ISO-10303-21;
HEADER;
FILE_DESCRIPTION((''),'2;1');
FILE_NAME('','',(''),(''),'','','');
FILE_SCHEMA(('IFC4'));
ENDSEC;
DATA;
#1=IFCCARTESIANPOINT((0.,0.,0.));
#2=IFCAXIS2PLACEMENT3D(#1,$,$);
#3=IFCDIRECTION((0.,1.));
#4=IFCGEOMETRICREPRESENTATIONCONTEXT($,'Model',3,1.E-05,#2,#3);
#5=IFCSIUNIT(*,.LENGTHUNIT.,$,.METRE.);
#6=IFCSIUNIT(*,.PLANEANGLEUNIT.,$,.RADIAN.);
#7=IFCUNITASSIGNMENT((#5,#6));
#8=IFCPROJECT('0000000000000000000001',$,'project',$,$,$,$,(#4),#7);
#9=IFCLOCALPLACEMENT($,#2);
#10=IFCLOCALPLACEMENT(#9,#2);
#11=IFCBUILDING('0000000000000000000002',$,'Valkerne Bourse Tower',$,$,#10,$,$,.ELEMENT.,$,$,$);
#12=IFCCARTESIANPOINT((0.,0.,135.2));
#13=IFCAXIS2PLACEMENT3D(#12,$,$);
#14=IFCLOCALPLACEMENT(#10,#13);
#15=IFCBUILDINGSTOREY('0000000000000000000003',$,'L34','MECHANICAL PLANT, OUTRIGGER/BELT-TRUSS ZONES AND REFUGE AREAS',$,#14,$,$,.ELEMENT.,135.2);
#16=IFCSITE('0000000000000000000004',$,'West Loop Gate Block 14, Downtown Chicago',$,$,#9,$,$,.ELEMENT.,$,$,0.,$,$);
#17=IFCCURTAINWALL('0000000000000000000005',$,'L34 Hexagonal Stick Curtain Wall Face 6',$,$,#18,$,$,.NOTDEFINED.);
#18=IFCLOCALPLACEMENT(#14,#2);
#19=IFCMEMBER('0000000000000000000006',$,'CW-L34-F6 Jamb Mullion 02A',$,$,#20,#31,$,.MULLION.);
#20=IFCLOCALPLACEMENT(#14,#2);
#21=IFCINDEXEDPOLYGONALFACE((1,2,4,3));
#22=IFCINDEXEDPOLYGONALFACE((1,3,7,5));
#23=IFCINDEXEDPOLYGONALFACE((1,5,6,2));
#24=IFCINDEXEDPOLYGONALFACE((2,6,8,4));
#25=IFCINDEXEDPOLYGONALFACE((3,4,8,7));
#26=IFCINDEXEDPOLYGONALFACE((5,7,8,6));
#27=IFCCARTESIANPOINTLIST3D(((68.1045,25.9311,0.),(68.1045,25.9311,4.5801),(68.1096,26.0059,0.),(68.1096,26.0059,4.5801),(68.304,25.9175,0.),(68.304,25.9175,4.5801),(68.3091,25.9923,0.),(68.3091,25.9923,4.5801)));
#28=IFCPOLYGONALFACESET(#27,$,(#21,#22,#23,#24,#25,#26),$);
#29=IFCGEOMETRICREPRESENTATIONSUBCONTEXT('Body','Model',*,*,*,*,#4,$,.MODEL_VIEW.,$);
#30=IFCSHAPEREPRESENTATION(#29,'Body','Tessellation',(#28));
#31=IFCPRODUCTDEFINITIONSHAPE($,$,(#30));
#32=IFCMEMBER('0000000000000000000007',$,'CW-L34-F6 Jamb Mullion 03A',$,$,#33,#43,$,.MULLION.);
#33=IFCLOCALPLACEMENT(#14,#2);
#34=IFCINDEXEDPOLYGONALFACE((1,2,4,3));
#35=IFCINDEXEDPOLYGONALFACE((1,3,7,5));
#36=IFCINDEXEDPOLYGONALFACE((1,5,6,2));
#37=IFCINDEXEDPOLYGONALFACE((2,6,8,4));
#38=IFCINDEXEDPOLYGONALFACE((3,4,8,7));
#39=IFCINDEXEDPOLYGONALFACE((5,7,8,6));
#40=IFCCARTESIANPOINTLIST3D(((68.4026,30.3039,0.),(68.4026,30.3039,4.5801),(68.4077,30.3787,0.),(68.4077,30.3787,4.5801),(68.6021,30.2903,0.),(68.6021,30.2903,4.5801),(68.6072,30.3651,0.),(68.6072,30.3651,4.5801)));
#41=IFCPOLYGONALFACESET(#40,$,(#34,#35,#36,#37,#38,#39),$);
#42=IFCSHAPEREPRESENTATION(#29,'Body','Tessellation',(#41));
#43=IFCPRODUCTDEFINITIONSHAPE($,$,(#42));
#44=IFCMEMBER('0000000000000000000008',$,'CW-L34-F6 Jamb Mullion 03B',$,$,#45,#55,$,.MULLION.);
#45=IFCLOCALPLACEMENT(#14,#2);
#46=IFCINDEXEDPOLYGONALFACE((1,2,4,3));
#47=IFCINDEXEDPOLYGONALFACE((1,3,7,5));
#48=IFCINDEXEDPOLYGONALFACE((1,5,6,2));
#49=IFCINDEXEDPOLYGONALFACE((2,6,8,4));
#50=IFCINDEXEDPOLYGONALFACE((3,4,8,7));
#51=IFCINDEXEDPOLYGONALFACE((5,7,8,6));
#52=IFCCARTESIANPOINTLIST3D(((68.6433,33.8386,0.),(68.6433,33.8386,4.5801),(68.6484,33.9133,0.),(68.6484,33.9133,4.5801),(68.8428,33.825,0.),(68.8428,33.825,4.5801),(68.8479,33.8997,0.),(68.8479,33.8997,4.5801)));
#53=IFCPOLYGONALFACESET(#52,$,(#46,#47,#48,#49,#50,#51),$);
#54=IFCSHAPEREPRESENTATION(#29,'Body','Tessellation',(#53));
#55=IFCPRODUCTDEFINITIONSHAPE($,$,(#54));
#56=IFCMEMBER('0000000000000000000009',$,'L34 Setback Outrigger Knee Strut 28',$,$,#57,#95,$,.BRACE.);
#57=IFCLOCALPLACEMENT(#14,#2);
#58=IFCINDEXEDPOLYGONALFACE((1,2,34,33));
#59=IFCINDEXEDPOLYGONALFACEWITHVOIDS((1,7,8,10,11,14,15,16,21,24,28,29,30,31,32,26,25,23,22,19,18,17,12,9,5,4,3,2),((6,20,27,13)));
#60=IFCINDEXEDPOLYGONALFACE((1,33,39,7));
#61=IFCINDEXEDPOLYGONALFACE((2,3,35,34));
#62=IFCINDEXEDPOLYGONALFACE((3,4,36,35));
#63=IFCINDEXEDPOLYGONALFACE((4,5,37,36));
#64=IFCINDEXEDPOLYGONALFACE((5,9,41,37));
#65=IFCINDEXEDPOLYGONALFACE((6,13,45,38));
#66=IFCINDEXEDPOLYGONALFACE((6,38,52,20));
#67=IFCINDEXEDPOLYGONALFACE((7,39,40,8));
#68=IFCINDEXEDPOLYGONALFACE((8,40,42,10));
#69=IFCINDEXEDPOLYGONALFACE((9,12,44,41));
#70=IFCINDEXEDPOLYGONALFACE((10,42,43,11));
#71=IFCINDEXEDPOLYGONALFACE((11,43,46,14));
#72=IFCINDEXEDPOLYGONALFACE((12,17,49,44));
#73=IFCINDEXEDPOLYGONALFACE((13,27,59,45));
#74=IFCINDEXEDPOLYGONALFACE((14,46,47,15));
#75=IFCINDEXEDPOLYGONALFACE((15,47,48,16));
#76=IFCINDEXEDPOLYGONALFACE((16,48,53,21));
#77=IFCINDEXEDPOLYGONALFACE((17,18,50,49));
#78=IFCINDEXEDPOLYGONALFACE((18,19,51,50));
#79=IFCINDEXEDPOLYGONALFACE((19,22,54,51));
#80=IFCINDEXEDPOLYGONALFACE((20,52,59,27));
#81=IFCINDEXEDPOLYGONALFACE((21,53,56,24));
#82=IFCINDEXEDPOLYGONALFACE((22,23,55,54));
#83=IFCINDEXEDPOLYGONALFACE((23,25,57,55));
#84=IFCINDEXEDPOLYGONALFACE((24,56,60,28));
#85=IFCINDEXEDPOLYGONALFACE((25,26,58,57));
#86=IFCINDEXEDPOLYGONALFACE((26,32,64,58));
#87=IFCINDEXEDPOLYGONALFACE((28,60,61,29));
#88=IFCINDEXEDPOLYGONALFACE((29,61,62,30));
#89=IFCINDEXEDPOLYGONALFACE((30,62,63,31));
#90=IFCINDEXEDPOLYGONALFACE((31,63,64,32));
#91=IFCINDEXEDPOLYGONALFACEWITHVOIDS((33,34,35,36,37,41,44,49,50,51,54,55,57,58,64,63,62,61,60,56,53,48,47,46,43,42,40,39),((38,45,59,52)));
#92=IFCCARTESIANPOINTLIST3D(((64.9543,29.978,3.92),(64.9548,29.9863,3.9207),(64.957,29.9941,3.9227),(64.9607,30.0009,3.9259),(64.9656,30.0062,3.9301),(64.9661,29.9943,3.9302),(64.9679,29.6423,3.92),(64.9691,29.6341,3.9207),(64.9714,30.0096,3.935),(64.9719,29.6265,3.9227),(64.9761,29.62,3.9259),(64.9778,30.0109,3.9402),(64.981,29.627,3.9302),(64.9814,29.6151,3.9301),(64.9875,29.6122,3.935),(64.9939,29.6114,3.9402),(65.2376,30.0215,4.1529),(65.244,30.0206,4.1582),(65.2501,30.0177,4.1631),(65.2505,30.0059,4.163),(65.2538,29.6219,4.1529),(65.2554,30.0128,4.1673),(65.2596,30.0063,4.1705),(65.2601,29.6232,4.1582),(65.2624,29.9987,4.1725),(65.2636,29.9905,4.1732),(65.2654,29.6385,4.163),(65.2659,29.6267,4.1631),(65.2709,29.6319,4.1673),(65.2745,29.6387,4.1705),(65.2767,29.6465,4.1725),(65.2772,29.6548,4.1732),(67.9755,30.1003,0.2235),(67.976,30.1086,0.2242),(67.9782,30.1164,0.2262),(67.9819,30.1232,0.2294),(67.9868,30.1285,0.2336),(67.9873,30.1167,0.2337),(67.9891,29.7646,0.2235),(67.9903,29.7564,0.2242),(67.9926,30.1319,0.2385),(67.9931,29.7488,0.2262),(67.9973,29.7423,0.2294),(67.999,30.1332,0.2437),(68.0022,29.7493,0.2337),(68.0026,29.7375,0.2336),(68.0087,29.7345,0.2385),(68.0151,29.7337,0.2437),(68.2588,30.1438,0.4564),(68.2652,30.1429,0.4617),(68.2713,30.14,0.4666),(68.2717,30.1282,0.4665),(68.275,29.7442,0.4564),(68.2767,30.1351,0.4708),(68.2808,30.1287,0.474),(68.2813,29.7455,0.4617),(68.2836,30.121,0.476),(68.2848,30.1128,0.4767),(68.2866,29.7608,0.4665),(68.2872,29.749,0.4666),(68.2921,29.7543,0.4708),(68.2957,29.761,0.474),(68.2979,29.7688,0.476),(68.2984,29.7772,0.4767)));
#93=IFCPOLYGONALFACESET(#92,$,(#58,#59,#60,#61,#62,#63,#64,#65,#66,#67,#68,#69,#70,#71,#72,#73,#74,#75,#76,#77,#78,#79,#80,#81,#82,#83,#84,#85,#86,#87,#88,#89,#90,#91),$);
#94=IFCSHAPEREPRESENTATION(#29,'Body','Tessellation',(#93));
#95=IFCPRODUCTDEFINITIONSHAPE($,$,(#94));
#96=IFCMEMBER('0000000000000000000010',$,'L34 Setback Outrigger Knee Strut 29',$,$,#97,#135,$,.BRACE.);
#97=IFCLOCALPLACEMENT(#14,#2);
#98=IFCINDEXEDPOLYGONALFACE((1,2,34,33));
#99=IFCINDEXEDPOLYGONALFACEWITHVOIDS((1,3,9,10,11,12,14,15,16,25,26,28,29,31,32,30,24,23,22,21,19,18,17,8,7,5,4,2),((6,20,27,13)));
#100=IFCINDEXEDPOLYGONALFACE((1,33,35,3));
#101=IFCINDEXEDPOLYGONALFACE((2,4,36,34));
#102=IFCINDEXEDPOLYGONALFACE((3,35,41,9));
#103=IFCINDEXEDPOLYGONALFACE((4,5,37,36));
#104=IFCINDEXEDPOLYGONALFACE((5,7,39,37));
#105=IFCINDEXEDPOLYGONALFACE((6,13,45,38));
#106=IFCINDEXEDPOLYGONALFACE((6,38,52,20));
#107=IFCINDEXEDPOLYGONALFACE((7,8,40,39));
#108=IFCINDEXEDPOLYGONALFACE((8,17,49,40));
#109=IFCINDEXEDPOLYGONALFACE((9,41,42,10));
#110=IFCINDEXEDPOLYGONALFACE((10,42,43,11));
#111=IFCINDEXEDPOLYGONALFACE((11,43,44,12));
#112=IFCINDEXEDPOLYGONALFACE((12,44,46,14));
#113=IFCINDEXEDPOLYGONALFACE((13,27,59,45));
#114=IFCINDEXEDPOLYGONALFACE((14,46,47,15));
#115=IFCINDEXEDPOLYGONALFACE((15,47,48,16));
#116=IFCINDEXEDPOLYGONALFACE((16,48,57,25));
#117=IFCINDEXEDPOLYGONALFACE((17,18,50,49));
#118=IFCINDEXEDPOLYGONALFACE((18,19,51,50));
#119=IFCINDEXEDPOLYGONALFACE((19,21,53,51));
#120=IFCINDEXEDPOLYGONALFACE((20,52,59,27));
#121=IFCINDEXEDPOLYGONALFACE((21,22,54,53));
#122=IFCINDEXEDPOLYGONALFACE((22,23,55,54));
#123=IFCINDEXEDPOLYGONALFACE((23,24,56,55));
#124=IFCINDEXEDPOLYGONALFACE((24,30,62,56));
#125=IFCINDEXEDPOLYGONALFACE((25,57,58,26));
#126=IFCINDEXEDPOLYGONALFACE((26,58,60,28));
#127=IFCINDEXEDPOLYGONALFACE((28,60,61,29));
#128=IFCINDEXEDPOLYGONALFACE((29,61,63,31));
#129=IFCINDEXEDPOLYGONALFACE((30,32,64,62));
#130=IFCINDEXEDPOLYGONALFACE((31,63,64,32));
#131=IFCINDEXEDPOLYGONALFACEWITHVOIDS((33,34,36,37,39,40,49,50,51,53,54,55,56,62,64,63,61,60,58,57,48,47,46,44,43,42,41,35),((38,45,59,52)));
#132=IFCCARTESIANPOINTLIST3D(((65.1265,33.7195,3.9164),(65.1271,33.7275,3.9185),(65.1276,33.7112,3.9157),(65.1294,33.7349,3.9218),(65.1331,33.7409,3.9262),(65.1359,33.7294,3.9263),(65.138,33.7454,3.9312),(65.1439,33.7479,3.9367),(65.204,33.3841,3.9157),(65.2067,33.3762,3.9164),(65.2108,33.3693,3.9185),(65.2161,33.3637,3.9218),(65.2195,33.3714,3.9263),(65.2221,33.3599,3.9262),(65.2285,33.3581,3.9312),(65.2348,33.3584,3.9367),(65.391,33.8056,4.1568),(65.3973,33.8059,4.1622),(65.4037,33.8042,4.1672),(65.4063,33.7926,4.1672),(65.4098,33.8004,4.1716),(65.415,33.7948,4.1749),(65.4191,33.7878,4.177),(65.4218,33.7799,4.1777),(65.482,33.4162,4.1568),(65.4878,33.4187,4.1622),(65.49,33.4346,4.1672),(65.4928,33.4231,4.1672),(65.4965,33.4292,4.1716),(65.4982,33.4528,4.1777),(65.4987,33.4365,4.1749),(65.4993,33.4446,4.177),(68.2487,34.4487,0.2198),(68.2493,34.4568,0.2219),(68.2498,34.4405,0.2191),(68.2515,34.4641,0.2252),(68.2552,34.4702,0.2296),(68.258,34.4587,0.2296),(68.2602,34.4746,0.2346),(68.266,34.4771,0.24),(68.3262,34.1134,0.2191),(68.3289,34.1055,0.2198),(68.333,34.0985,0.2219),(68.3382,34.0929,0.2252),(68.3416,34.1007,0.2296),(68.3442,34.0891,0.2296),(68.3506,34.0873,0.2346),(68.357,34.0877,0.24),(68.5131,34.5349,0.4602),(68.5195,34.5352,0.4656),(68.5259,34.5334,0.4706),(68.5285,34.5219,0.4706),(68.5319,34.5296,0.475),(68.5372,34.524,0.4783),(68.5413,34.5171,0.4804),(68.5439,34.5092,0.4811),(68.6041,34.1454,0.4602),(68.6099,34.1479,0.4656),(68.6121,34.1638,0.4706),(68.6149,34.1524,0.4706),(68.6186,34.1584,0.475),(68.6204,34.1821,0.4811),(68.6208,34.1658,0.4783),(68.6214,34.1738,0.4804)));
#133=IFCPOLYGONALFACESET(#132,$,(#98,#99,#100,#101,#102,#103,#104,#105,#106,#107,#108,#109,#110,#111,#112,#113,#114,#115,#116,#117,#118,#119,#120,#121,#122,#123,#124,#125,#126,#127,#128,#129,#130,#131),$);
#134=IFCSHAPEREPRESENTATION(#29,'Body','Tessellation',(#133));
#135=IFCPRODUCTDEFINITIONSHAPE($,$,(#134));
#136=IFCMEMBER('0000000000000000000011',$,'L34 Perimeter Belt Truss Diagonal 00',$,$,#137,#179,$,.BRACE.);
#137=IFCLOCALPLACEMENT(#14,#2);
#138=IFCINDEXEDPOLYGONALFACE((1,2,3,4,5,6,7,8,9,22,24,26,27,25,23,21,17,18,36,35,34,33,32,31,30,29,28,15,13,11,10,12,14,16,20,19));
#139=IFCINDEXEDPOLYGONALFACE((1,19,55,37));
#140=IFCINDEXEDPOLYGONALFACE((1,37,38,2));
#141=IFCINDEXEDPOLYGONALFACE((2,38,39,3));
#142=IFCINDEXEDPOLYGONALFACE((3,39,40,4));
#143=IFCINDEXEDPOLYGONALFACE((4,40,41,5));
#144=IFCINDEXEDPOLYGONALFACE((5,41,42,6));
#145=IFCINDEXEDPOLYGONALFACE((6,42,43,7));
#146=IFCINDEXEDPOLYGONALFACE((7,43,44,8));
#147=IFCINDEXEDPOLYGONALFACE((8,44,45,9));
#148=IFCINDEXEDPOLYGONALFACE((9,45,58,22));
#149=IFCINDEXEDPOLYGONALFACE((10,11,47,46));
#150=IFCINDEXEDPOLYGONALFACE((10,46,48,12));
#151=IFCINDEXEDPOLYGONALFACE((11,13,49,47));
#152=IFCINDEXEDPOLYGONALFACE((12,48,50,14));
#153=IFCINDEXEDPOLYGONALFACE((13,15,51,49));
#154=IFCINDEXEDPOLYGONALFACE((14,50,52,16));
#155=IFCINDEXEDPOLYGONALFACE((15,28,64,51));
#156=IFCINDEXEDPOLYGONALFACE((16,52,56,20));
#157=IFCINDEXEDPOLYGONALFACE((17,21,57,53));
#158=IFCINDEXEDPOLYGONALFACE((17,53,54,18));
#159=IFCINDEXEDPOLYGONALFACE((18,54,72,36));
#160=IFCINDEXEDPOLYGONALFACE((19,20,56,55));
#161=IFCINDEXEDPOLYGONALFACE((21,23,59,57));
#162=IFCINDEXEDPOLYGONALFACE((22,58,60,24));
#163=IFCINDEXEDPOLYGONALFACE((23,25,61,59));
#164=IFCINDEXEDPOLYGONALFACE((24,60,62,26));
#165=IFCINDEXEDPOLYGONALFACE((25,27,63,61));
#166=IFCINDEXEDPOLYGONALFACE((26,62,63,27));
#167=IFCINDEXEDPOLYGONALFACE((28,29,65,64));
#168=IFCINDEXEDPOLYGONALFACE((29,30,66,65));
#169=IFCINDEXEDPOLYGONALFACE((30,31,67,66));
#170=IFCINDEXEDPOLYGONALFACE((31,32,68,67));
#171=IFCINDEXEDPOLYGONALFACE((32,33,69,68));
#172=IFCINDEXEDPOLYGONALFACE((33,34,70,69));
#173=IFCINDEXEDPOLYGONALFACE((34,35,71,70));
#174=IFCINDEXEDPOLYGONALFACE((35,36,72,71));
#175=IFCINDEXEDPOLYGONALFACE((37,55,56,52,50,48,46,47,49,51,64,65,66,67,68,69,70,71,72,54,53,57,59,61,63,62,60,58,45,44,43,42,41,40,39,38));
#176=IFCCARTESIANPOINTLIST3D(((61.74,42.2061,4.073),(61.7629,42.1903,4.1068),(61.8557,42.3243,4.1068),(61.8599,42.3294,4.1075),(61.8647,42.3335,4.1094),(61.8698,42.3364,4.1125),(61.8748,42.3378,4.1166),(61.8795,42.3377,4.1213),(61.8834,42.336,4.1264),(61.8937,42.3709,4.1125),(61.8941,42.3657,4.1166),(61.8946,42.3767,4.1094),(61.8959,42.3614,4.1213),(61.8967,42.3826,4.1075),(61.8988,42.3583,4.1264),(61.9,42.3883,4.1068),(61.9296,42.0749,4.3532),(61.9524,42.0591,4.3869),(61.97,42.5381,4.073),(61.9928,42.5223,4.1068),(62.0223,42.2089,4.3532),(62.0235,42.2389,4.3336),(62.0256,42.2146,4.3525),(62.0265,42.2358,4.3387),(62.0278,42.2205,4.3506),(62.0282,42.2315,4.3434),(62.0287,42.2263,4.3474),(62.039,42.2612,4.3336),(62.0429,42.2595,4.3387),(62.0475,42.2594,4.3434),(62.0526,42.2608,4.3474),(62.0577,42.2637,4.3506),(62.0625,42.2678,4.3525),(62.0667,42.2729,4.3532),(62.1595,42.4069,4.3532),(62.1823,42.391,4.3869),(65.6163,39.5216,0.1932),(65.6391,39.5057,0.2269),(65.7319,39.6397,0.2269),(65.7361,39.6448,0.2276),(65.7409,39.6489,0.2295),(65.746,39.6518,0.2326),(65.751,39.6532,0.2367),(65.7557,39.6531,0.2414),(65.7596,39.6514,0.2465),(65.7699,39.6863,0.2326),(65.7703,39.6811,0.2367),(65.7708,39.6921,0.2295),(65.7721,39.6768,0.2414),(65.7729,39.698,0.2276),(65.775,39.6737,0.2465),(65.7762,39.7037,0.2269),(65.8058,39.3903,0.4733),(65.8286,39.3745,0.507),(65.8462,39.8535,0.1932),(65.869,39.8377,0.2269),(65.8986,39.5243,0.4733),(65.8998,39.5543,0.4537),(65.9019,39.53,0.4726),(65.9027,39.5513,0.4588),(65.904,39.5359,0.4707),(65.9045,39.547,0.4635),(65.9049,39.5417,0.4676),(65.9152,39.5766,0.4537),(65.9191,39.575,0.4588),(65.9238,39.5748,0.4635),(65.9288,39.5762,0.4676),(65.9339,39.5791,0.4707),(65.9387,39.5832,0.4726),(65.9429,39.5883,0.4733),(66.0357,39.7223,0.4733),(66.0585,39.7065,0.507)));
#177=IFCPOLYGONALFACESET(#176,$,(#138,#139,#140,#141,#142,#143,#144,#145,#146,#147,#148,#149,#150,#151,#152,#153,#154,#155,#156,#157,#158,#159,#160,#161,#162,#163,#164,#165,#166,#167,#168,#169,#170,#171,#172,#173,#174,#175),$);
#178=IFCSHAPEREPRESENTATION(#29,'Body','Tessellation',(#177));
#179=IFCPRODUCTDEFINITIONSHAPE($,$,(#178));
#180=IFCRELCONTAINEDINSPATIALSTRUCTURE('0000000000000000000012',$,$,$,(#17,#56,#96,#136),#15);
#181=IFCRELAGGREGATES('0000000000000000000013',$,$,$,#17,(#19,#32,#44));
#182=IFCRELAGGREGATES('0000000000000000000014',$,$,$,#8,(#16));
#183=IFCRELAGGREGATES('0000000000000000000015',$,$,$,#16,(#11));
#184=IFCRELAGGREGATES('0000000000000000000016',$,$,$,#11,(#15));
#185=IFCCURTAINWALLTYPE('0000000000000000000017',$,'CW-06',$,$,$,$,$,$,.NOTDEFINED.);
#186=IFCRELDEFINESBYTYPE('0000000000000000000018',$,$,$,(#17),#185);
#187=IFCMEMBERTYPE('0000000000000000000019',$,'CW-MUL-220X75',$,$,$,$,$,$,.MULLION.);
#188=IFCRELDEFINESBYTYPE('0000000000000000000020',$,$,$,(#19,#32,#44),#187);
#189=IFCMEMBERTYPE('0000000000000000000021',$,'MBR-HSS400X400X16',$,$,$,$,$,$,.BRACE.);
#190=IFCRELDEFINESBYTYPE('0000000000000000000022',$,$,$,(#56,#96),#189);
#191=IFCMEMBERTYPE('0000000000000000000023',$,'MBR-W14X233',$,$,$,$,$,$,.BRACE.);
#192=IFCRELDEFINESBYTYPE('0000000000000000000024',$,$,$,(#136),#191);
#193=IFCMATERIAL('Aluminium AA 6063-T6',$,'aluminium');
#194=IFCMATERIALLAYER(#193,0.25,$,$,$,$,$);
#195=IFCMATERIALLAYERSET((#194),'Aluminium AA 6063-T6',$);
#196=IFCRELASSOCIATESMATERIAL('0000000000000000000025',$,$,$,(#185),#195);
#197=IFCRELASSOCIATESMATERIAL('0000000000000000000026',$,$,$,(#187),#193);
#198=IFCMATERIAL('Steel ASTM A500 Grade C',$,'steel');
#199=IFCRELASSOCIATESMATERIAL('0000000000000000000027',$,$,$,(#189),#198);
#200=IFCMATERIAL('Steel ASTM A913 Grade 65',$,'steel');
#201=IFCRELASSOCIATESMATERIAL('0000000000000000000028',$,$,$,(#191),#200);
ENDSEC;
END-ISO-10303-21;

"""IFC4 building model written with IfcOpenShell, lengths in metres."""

from ifc_helpers import new_model, si_unit, direction, frame, origin, origin_2d, place, context, subcontext, project, spatial, rectangle, hollow_rectangle, i_section, extrude, material, layer, layer_set, material_profile, profile_set, type_object, element, aggregate, save


model = new_model("IFC4")

# Units and contexts
model_context = context("Model", 3, precision=1e-05, world=origin(), true_north=direction((0.0, 1.0)))
body_context = subcontext(model_context, "Body", "Model", "MODEL_VIEW")
ifc_project = project(units=[si_unit("LENGTHUNIT", "METRE"), si_unit("PLANEANGLEUNIT", "RADIAN")], contexts=[model_context])

# Site, building, storey
site_placement = place(None, origin())
site = spatial("IfcSite", under=ifc_project, at=site_placement, Name="West Loop Gate Block 14, Downtown Chicago", CompositionType="ELEMENT", RefElevation=0.0)
building_placement = place(site_placement, origin())
building = spatial("IfcBuilding", under=site, at=building_placement, Name="Valkerne Bourse Tower", CompositionType="ELEMENT")
storey_placement = place(building_placement, frame((0.0, 0.0, 135.2)))
storey = spatial("IfcBuildingStorey", under=building, at=storey_placement, Name="L34", Description="MECHANICAL PLANT, OUTRIGGER/BELT-TRUSS ZONES AND REFUGE AREAS", CompositionType="ELEMENT", Elevation=135.2)

# Shared definitions
ifc_material_1 = material(Name="Steel ASTM A913 Grade 65", Category="steel")

# Curtain wall, members
ifc_material_2 = material(Name="Aluminium AA 6063-T6", Category="aluminium")
ifc_layer_1 = layer(ifc_material_2, 0.25)
ifc_layer_set_1 = layer_set([ifc_layer_1], Name="Aluminium AA 6063-T6")
curtain_wall_type = type_object("IfcCurtainWallType", Name="CW-06", PredefinedType="NOTDEFINED", material=ifc_layer_set_1)
curtain_wall_placement = place(storey_placement, origin())
curtain_wall = element("IfcCurtainWall", 1, at=curtain_wall_placement, inside=storey, type_object=curtain_wall_type, Name="L34 Hexagonal Stick Curtain Wall Face 6", PredefinedType="NOTDEFINED")
ifc_material_profile_1 = material_profile(ifc_material_2, rectangle(XDim=0.075, YDim=0.2, at=origin_2d()), Name="CWM-75X200")
ifc_profile_set_1 = profile_set([ifc_material_profile_1], Name="Aluminium AA 6063-T6")
member_type_1 = type_object("IfcMemberType", Name="CW-MUL-220X75", PredefinedType="MULLION", material=ifc_profile_set_1)
member_1_placement = place(storey_placement, frame((68.2068, 25.9617, 0.0), z_axis=(0.0, 0.0, 1.0), x_axis=(0.068012, 0.997685, 0.0)))
member_1 = element("IfcMember", 2, at=member_1_placement, type_object=member_type_1, Name="CW-L34-F6 Jamb Mullion 02A", PredefinedType="MULLION", context=body_context, shape_type="SweptSolid", body=[
    extrude(rectangle(XDim=0.075, YDim=0.2, at=origin_2d()), origin(), (0.0, 0.0, 1.0), 4.5801),
])
member_2_placement = place(storey_placement, frame((68.5049, 30.3345, 0.0), z_axis=(0.0, 0.0, 1.0), x_axis=(0.068014, 0.997684, 0.0)))
member_2 = element("IfcMember", 3, at=member_2_placement, type_object=member_type_1, Name="CW-L34-F6 Jamb Mullion 03A", PredefinedType="MULLION", context=body_context, shape_type="SweptSolid", body=[
    extrude(rectangle(XDim=0.075, YDim=0.2, at=origin_2d()), origin(), (0.0, 0.0, 1.0), 4.5801),
])
member_3_placement = place(storey_placement, frame((68.7456, 33.8691, 0.0), z_axis=(0.0, 0.0, 1.0), x_axis=(0.068014, 0.997684, 0.0)))
member_3 = element("IfcMember", 4, at=member_3_placement, type_object=member_type_1, Name="CW-L34-F6 Jamb Mullion 03B", PredefinedType="MULLION", context=body_context, shape_type="SweptSolid", body=[
    extrude(rectangle(XDim=0.075, YDim=0.2, at=origin_2d()), origin(), (0.0, 0.0, 1.0), 4.5801),
])

# Members
ifc_material_3 = material(Name="Steel ASTM A500 Grade C", Category="steel")
ifc_material_profile_2 = material_profile(ifc_material_3, hollow_rectangle(XDim=0.3999, YDim=0.3999, WallThickness=0.0161, OuterFilletRadius=0.032, at=origin_2d()), Name="HSS400X400X16")
ifc_profile_set_2 = profile_set([ifc_material_profile_2], Name="Steel ASTM A500 Grade C")
member_type_2 = type_object("IfcMemberType", Name="MBR-HSS400X400X16", PredefinedType="BRACE", material=ifc_profile_set_2)
member_4_placement = place(storey_placement, frame((68.137, 29.9387, 0.3501), z_axis=(-0.632629, -0.025612, 0.774031), x_axis=(0.040452, -0.999181, 0.0)))
element("IfcMember", 5, at=member_4_placement, inside=storey, type_object=member_type_2, Name="L34 Setback Outrigger Knee Strut 28", PredefinedType="BRACE", context=body_context, shape_type="SweptSolid", body=[
    extrude(hollow_rectangle(XDim=0.3999, YDim=0.3999, WallThickness=0.0161, OuterFilletRadius=0.032, at=origin_2d()), origin(), (0.0, 0.0, 1.0), 4.7756),
])
member_5_placement = place(storey_placement, frame((68.4351, 34.3113, 0.3501), z_axis=(-0.638042, -0.149033, 0.755442), x_axis=(0.227456, -0.973788, 0.0)))
element("IfcMember", 6, at=member_5_placement, inside=storey, type_object=member_type_2, Name="L34 Setback Outrigger Knee Strut 29", PredefinedType="BRACE", context=body_context, shape_type="SweptSolid", body=[
    extrude(hollow_rectangle(XDim=0.3999, YDim=0.3999, WallThickness=0.0161, OuterFilletRadius=0.032, at=origin_2d()), origin(), (0.0, 0.0, 1.0), 4.8933),
])
ifc_material_profile_3 = material_profile(ifc_material_1, i_section(OverallWidth=0.4038, OverallDepth=0.4065, WebThickness=0.0271, FlangeThickness=0.0437, FilletRadius=0.0254, at=origin_2d()), Name="W14X233")
ifc_profile_set_3 = profile_set([ifc_material_profile_3], Name="Steel ASTM A913 Grade 65")
member_type_3 = type_object("IfcMemberType", Name="MBR-W14X233", PredefinedType="BRACE", material=ifc_profile_set_3)
member_6_placement = place(storey_placement, frame((65.8374, 39.614, 0.3501), z_axis=(-0.634802, 0.439648, 0.635402), x_axis=(-0.569358, -0.82209, 0.0)))
element("IfcMember", 7, at=member_6_placement, inside=storey, type_object=member_type_3, Name="L34 Perimeter Belt Truss Diagonal 00", PredefinedType="BRACE", context=body_context, shape_type="SweptSolid", body=[
    extrude(i_section(OverallWidth=0.4038, OverallDepth=0.4065, WebThickness=0.0271, FlangeThickness=0.0437, FilletRadius=0.0254, at=origin_2d()), origin(), (0.0, 0.0, 1.0), 6.1062),
])

aggregate(curtain_wall, [member_1, member_2, member_3])

save(model, "model.ifc")
